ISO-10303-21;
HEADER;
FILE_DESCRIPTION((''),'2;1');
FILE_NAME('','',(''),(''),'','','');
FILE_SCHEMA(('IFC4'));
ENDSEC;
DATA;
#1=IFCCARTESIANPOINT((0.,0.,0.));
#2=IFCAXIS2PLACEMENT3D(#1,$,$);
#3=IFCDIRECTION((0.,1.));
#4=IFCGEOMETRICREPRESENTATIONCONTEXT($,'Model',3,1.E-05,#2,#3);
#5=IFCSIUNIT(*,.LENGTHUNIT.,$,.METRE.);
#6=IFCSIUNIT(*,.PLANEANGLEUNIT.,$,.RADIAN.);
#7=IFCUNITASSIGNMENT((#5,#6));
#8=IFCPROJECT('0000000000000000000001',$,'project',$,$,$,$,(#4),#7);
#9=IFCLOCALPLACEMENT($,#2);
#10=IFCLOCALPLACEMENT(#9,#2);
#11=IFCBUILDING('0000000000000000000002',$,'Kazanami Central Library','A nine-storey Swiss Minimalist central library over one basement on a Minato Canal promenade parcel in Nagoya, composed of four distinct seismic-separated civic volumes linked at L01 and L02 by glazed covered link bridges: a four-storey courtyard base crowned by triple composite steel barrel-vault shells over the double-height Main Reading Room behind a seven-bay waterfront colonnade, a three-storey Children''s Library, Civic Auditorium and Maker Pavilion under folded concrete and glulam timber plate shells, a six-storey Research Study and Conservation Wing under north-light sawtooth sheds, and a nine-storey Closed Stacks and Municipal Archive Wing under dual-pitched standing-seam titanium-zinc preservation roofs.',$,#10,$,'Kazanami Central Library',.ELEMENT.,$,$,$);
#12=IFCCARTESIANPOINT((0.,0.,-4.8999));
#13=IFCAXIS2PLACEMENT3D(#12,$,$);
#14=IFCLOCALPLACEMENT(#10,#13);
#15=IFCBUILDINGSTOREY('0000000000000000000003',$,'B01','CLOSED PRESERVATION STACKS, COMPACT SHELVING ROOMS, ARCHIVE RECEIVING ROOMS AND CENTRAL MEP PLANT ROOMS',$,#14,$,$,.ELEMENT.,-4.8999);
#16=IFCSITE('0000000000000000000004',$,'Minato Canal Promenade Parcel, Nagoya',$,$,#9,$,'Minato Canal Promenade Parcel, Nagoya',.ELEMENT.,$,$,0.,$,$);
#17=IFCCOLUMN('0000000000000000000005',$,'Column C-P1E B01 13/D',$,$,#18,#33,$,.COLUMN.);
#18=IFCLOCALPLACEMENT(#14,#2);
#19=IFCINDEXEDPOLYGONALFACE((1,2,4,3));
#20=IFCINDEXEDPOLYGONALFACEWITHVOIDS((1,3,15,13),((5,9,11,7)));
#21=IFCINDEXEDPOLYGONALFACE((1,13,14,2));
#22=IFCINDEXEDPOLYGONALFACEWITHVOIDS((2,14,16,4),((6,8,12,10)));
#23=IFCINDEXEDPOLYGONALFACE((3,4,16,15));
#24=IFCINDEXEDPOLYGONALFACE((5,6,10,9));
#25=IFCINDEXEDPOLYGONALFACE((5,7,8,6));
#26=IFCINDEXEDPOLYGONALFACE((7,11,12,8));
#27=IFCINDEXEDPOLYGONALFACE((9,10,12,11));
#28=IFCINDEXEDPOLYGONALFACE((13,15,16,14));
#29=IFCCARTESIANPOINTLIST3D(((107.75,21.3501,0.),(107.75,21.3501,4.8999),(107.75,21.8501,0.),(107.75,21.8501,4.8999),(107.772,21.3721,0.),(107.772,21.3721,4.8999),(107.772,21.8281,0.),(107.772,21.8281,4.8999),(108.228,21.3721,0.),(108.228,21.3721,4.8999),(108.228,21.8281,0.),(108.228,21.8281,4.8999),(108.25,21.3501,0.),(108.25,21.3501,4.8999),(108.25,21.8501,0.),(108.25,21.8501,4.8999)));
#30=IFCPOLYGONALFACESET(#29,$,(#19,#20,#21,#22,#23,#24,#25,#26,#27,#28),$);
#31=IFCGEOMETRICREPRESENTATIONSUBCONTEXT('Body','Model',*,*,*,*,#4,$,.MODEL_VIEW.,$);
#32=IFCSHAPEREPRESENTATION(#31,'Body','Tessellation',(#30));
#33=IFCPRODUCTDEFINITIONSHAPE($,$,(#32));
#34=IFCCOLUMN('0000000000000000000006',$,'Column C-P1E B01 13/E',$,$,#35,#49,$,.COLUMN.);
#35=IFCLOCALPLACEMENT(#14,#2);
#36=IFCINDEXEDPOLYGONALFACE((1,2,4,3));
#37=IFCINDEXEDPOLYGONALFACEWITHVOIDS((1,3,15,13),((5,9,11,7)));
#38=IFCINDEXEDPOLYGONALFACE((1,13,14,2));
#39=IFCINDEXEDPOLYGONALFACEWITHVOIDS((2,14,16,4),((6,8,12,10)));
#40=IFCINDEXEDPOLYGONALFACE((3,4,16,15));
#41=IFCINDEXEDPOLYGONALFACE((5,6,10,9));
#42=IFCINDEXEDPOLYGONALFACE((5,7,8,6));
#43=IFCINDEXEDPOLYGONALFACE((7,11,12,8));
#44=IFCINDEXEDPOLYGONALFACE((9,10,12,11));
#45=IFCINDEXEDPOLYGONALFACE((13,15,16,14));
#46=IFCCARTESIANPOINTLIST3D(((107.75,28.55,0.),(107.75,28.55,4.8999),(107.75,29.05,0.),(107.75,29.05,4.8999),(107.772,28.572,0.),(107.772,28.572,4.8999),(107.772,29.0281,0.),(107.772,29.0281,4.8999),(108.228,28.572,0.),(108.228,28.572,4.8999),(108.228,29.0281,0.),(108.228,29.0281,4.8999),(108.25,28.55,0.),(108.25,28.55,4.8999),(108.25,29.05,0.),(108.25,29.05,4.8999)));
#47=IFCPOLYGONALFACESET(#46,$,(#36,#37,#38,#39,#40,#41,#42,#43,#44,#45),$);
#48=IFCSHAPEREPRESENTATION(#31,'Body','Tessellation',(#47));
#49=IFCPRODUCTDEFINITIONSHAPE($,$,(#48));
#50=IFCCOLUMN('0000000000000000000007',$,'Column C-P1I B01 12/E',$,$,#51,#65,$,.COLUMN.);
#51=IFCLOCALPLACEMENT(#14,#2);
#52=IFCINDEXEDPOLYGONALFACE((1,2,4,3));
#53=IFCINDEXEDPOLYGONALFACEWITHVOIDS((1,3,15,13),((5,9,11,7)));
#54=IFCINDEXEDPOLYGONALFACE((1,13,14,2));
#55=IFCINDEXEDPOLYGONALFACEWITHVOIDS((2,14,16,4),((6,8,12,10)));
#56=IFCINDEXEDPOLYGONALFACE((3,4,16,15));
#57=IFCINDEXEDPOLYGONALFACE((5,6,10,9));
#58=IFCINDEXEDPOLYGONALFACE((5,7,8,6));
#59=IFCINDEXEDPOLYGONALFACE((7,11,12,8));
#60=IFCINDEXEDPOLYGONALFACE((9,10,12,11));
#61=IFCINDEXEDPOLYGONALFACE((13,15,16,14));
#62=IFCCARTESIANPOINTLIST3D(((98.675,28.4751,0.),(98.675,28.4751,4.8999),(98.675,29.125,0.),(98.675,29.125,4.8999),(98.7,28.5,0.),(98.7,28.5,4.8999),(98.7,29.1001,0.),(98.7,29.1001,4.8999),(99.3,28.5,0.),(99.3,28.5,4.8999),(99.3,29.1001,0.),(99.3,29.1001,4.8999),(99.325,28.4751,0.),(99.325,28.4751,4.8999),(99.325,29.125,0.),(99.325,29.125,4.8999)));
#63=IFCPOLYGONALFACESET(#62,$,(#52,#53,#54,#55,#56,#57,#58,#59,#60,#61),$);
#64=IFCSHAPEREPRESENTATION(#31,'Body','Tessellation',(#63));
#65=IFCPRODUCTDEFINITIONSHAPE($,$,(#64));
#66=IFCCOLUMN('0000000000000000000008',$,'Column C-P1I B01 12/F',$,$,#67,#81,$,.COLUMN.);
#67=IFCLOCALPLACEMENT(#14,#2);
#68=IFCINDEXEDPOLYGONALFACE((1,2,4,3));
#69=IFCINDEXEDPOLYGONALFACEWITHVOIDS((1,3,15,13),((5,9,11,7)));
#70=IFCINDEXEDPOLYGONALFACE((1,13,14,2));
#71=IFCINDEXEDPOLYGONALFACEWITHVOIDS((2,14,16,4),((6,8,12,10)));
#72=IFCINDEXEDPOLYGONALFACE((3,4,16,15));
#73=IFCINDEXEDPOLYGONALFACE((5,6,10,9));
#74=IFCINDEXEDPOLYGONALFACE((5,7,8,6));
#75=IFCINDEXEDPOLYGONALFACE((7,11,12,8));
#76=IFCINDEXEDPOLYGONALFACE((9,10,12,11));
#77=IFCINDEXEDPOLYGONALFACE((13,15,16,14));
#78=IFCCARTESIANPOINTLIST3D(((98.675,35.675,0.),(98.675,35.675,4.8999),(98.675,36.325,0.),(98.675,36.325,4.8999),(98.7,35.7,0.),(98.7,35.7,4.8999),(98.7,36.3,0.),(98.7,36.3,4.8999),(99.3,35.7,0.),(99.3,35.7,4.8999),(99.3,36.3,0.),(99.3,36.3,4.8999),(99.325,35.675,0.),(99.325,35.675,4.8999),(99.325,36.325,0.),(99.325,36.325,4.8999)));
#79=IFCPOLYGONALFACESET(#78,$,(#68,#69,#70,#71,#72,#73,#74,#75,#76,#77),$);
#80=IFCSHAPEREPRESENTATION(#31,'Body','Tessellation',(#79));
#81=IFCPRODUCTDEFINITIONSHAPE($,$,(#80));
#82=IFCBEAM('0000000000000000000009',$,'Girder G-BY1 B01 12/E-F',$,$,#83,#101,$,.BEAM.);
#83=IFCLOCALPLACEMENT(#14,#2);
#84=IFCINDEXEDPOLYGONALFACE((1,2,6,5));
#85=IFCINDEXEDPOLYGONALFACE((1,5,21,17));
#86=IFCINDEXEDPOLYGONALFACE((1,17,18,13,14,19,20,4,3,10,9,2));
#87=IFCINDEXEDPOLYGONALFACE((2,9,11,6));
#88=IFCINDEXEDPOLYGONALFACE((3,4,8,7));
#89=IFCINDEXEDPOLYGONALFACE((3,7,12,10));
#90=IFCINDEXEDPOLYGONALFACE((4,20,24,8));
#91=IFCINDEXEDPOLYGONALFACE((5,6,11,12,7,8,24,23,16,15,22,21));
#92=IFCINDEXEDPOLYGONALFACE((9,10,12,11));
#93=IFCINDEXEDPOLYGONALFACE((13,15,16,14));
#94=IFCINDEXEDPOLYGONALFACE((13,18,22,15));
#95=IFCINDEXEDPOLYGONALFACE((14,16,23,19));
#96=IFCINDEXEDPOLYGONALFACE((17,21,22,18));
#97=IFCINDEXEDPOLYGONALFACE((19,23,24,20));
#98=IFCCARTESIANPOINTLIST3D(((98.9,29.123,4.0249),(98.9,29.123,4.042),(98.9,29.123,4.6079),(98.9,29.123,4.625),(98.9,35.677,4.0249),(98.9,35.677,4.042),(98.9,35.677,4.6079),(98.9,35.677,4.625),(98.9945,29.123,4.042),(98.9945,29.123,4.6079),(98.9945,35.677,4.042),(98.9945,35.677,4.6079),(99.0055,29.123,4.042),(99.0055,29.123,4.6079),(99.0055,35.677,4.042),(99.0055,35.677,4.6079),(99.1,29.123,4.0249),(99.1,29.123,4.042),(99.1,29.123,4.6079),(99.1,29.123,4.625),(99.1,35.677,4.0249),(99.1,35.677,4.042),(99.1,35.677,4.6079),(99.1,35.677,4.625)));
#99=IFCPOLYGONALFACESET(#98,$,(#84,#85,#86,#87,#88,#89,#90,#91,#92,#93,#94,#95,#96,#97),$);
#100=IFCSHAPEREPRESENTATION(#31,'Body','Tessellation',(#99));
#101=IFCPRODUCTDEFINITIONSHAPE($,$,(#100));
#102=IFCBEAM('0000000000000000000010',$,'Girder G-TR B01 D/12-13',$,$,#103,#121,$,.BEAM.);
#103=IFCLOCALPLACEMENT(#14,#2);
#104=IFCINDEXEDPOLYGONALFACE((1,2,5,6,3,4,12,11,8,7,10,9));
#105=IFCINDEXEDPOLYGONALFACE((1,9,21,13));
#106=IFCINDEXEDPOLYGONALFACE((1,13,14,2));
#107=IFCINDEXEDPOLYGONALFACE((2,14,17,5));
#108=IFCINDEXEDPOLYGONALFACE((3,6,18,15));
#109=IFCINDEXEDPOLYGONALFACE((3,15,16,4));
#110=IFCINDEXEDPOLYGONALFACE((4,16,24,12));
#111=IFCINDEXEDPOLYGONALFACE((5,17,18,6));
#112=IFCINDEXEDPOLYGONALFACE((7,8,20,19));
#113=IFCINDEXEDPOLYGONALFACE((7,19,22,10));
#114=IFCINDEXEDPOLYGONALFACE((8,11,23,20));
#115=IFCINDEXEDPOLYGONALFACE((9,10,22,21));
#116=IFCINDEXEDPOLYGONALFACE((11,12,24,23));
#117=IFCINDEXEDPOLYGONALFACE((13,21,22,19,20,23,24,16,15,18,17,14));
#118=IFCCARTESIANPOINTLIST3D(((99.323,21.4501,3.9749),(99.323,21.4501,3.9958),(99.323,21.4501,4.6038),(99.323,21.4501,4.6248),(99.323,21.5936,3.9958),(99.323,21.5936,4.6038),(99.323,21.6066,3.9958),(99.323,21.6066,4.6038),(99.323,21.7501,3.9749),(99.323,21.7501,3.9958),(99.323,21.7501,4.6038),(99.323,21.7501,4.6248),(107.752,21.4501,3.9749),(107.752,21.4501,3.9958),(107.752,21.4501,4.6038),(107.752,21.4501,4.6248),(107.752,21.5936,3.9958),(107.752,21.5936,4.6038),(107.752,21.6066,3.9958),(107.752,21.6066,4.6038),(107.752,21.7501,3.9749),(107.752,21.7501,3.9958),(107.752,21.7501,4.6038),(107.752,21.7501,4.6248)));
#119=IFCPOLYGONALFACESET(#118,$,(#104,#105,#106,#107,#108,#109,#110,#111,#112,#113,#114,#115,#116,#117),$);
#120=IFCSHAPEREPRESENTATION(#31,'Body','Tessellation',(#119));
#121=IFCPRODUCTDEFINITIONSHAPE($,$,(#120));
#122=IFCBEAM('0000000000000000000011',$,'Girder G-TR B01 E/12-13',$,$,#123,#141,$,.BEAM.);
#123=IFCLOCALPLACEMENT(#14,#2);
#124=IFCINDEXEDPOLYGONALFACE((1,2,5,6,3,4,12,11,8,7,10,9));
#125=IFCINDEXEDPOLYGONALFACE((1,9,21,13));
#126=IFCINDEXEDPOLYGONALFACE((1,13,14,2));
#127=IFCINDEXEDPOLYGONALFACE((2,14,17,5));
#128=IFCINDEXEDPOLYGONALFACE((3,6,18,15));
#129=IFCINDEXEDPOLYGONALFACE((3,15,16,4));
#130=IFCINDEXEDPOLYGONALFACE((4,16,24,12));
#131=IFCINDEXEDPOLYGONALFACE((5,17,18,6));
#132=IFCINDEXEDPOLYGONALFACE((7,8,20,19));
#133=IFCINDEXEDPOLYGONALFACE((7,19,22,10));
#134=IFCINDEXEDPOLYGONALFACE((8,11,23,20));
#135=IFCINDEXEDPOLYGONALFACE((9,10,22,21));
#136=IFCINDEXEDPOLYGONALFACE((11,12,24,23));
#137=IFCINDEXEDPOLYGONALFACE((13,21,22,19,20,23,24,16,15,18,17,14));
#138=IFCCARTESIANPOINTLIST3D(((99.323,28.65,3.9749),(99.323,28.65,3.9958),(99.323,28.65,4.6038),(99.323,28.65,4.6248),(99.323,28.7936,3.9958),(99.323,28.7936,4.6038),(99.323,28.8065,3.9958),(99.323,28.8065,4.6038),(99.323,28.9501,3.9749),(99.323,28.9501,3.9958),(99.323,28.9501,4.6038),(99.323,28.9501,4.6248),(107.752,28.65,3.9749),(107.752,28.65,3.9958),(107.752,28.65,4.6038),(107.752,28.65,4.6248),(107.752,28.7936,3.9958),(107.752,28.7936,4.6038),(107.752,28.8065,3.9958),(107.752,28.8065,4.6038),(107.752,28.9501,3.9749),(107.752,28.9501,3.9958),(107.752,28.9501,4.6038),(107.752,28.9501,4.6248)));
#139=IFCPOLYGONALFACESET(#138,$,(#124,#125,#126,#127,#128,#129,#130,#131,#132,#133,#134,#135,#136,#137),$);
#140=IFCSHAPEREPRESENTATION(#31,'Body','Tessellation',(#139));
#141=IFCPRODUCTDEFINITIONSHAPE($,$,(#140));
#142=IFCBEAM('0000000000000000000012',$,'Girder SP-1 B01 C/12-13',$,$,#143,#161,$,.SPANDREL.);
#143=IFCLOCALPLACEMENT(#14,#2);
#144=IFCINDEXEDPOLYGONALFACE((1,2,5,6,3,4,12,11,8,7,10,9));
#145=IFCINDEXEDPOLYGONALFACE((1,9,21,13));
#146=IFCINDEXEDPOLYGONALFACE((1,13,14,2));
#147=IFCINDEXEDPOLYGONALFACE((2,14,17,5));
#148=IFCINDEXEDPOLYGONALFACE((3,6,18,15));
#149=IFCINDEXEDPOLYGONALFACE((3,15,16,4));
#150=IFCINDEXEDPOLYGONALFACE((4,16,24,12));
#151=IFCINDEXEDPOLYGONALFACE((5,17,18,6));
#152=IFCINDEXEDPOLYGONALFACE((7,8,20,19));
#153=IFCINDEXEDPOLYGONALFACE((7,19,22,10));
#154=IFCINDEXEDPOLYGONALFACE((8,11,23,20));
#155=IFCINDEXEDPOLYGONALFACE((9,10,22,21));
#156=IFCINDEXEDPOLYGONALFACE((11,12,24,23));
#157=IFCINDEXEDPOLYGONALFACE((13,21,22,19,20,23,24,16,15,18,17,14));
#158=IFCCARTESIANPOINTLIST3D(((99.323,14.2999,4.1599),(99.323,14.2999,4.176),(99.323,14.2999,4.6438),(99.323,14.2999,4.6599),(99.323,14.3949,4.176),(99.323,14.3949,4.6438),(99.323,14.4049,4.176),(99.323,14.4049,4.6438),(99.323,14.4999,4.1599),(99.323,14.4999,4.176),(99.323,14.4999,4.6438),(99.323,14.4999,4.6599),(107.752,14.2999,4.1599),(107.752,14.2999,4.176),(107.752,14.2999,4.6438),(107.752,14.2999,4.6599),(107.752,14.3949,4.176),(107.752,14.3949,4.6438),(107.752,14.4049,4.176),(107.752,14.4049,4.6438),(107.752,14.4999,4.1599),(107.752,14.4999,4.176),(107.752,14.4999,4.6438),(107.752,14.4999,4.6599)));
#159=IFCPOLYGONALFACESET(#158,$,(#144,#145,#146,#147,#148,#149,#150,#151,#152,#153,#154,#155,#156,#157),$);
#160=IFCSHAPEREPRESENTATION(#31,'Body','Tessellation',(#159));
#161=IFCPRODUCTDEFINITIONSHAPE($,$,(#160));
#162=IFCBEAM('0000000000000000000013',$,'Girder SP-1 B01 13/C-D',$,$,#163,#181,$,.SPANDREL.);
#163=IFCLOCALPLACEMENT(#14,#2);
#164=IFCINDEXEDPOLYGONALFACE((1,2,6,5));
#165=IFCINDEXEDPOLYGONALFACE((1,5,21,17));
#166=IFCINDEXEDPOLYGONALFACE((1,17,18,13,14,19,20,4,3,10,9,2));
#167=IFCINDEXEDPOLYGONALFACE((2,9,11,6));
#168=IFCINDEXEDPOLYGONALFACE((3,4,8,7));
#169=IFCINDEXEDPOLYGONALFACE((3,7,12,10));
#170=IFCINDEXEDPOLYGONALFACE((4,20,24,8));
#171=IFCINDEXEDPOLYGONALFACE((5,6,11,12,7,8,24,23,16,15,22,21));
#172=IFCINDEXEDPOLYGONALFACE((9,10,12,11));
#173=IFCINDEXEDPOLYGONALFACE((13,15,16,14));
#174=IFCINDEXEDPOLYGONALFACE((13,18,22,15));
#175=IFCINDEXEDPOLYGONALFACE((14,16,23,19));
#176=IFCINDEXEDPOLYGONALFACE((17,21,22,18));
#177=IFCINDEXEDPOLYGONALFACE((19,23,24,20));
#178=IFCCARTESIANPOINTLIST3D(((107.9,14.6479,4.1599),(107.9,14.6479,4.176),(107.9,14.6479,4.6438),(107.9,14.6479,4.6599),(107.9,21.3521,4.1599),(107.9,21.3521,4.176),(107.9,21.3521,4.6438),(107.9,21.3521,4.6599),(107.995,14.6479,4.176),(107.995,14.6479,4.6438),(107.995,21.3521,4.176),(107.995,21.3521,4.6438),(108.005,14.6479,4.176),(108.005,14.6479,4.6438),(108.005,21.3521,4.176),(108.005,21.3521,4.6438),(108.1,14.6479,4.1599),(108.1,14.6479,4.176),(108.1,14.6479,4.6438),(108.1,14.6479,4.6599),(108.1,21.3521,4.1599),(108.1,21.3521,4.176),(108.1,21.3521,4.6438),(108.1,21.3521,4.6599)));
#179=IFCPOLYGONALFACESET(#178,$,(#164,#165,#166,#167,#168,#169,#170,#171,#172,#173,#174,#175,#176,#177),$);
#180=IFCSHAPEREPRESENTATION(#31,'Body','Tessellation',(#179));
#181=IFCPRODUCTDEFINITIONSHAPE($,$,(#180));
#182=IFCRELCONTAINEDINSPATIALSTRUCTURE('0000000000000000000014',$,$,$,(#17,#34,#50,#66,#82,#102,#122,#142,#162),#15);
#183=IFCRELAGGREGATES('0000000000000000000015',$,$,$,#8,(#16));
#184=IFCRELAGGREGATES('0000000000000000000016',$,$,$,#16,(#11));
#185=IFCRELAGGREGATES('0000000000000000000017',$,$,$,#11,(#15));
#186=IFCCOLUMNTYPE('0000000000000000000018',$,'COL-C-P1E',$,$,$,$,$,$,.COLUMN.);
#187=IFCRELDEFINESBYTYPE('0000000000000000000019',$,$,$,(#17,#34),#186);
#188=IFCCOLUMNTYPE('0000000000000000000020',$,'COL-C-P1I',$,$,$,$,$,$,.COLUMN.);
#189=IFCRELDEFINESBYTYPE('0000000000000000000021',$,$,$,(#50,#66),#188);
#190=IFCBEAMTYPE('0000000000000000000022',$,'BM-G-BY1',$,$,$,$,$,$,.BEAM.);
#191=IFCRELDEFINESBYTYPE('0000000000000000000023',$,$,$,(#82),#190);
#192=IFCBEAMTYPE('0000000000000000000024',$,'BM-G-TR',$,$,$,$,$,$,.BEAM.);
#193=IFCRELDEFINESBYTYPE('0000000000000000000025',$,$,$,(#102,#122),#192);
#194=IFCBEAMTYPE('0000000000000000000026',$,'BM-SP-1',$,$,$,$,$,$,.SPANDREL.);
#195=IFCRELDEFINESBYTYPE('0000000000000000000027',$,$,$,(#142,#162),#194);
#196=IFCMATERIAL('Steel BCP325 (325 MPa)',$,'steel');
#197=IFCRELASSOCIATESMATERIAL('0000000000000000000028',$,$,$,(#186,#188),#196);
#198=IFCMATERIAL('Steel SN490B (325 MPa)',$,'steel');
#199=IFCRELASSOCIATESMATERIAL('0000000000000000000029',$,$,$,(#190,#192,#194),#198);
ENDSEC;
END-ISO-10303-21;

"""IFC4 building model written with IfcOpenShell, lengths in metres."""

from ifc_helpers import new_model, si_unit, direction, frame, origin, origin_2d, place, context, subcontext, project, spatial, hollow_rectangle, i_section, extrude, material, material_profile, profile_set, type_object, element, save


model = new_model("IFC4")

# Units and contexts
model_context = context("Model", 3, precision=1e-05, world=origin(), true_north=direction((0.0, 1.0)))
body_context = subcontext(model_context, "Body", "Model", "MODEL_VIEW")
ifc_project = project(units=[si_unit("LENGTHUNIT", "METRE"), si_unit("PLANEANGLEUNIT", "RADIAN")], contexts=[model_context])

# Site, building, storey
site_placement = place(None, origin())
site = spatial("IfcSite", under=ifc_project, at=site_placement, Name="Minato Canal Promenade Parcel, Nagoya", LongName="Minato Canal Promenade Parcel, Nagoya", CompositionType="ELEMENT", RefElevation=0.0)
building_placement = place(site_placement, origin())
building = spatial("IfcBuilding", under=site, at=building_placement, Name="Kazanami Central Library", Description="A nine-storey Swiss Minimalist central library over one basement on a Minato Canal promenade parcel in Nagoya, composed of four distinct seismic-separated civic volumes linked at L01 and L02 by glazed covered link bridges: a four-storey courtyard base crowned by triple composite steel barrel-vault shells over the double-height Main Reading Room behind a seven-bay waterfront colonnade, a three-storey Children's Library, Civic Auditorium and Maker Pavilion under folded concrete and glulam timber plate shells, a six-storey Research Study and Conservation Wing under north-light sawtooth sheds, and a nine-storey Closed Stacks and Municipal Archive Wing under dual-pitched standing-seam titanium-zinc preservation roofs.", LongName="Kazanami Central Library", CompositionType="ELEMENT")
storey_placement = place(building_placement, frame((0.0, 0.0, -4.8999)))
storey = spatial("IfcBuildingStorey", under=building, at=storey_placement, Name="B01", Description="CLOSED PRESERVATION STACKS, COMPACT SHELVING ROOMS, ARCHIVE RECEIVING ROOMS AND CENTRAL MEP PLANT ROOMS", CompositionType="ELEMENT", Elevation=-4.8999)

# Columns
ifc_material_1 = material(Name="Steel BCP325 (325 MPa)", Category="steel")
ifc_material_profile_1 = material_profile(ifc_material_1, hollow_rectangle(XDim=0.5, YDim=0.5, WallThickness=0.022, at=origin_2d()), Name="BCP-500x500x22")
ifc_profile_set_1 = profile_set([ifc_material_profile_1], Name="Steel BCP325 (325 MPa)")
column_type_1 = type_object("IfcColumnType", Name="COL-C-P1E", PredefinedType="COLUMN", material=ifc_profile_set_1)
for number, where, z_axis, x_axis, name in (
    (1, (108.0, 21.6001, 0.0), (0.0, 0.0, 1.0), (1.0, 0.0, 0.0), "Column C-P1E B01 13/D"),
    (2, (108.0, 28.8, 0.0), (0.0, 0.0, 1.0), (1.0, 0.0, 0.0), "Column C-P1E B01 13/E"),
):
    element("IfcColumn", number, at=place(storey_placement, frame(where, z_axis=z_axis, x_axis=x_axis)), inside=storey, type_object=column_type_1, Name=name, PredefinedType="COLUMN", context=body_context, shape_type="SweptSolid", body=[
        extrude(hollow_rectangle(XDim=0.5, YDim=0.5, WallThickness=0.022, at=origin_2d()), origin(), (0.0, 0.0, 1.0), 4.8999),
    ])
ifc_material_profile_2 = material_profile(ifc_material_1, hollow_rectangle(XDim=0.6499, YDim=0.6499, WallThickness=0.0249, at=origin_2d()), Name="BCP-650x650x25")
ifc_profile_set_2 = profile_set([ifc_material_profile_2], Name="Steel BCP325 (325 MPa)")
column_type_2 = type_object("IfcColumnType", Name="COL-C-P1I", PredefinedType="COLUMN", material=ifc_profile_set_2)
for number, where, z_axis, x_axis, name in (
    (3, (99.0, 28.8, 0.0), (0.0, 0.0, 1.0), (1.0, 0.0, 0.0), "Column C-P1I B01 12/E"),
    (4, (99.0, 36.0, 0.0), (0.0, 0.0, 1.0), (1.0, 0.0, 0.0), "Column C-P1I B01 12/F"),
):
    element("IfcColumn", number, at=place(storey_placement, frame(where, z_axis=z_axis, x_axis=x_axis)), inside=storey, type_object=column_type_2, Name=name, PredefinedType="COLUMN", context=body_context, shape_type="SweptSolid", body=[
        extrude(hollow_rectangle(XDim=0.6499, YDim=0.6499, WallThickness=0.0249, at=origin_2d()), origin(), (0.0, 0.0, 1.0), 4.8999),
    ])

# Beams
ifc_material_2 = material(Name="Steel SN490B (325 MPa)", Category="steel")
ifc_material_profile_3 = material_profile(ifc_material_2, i_section(OverallWidth=0.2, OverallDepth=0.6001, WebThickness=0.011, FlangeThickness=0.0171, at=origin_2d()), Name="H-600x200x11x17")
ifc_profile_set_3 = profile_set([ifc_material_profile_3], Name="Steel SN490B (325 MPa)")
beam_type_1 = type_object("IfcBeamType", Name="BM-G-BY1", PredefinedType="BEAM", material=ifc_profile_set_3)
beam_1_placement = place(storey_placement, frame((99.0, 29.123, 4.325), z_axis=(0.0, 1.0, 0.0), x_axis=(-1.0, 0.0, 0.0)))
element("IfcBeam", 5, at=beam_1_placement, inside=storey, type_object=beam_type_1, Name="Girder G-BY1 B01 12/E-F", PredefinedType="BEAM", context=body_context, shape_type="SweptSolid", body=[
    extrude(i_section(OverallWidth=0.2, OverallDepth=0.6001, WebThickness=0.011, FlangeThickness=0.0171, at=origin_2d()), origin(), (0.0, 0.0, 1.0), 6.554),
])
ifc_material_profile_4 = material_profile(ifc_material_2, i_section(OverallWidth=0.3, OverallDepth=0.6499, WebThickness=0.0129, FlangeThickness=0.021, at=origin_2d()), Name="H-650x300x13x21")
ifc_profile_set_4 = profile_set([ifc_material_profile_4], Name="Steel SN490B (325 MPa)")
beam_type_2 = type_object("IfcBeamType", Name="BM-G-TR", PredefinedType="BEAM", material=ifc_profile_set_4)
for number, where, z_axis, x_axis, name in (
    (6, (99.323, 21.6001, 4.2998), (1.0, 0.0, 0.0), (0.0, 1.0, 0.0), "Girder G-TR B01 D/12-13"),
    (7, (99.323, 28.8, 4.2998), (1.0, 0.0, 0.0), (0.0, 1.0, 0.0), "Girder G-TR B01 E/12-13"),
):
    element("IfcBeam", number, at=place(storey_placement, frame(where, z_axis=z_axis, x_axis=x_axis)), inside=storey, type_object=beam_type_2, Name=name, PredefinedType="BEAM", context=body_context, shape_type="SweptSolid", body=[
        extrude(i_section(OverallWidth=0.3, OverallDepth=0.6499, WebThickness=0.0129, FlangeThickness=0.021, at=origin_2d()), origin(), (0.0, 0.0, 1.0), 8.429),
    ])
ifc_material_profile_5 = material_profile(ifc_material_2, i_section(OverallWidth=0.2, OverallDepth=0.5, WebThickness=0.01, FlangeThickness=0.0161, at=origin_2d()), Name="H-500x200x10x16")
ifc_profile_set_5 = profile_set([ifc_material_profile_5], Name="Steel SN490B (325 MPa)")
beam_type_3 = type_object("IfcBeamType", Name="BM-SP-1", PredefinedType="SPANDREL", material=ifc_profile_set_5)
beam_2_placement = place(storey_placement, frame((99.323, 14.3999, 4.4099), z_axis=(1.0, 0.0, 0.0), x_axis=(0.0, 1.0, 0.0)))
element("IfcBeam", 8, at=beam_2_placement, inside=storey, type_object=beam_type_3, Name="Girder SP-1 B01 C/12-13", PredefinedType="SPANDREL", context=body_context, shape_type="SweptSolid", body=[
    extrude(i_section(OverallWidth=0.2, OverallDepth=0.5, WebThickness=0.01, FlangeThickness=0.0161, at=origin_2d()), origin(), (0.0, 0.0, 1.0), 8.429),
])
for number, where, z_axis, x_axis, name in (
    (9, (108.0, 14.6479, 4.4099), (0.0, 1.0, 0.0), (-1.0, 0.0, 0.0), "Girder SP-1 B01 13/C-D"),
):
    element("IfcBeam", number, at=place(storey_placement, frame(where, z_axis=z_axis, x_axis=x_axis)), inside=storey, type_object=beam_type_3, Name=name, PredefinedType="SPANDREL", context=body_context, shape_type="SweptSolid", body=[
        extrude(i_section(OverallWidth=0.2, OverallDepth=0.5, WebThickness=0.01, FlangeThickness=0.0161, at=origin_2d()), origin(), (0.0, 0.0, 1.0), 6.7041),
    ])

save(model, "model.ifc")
